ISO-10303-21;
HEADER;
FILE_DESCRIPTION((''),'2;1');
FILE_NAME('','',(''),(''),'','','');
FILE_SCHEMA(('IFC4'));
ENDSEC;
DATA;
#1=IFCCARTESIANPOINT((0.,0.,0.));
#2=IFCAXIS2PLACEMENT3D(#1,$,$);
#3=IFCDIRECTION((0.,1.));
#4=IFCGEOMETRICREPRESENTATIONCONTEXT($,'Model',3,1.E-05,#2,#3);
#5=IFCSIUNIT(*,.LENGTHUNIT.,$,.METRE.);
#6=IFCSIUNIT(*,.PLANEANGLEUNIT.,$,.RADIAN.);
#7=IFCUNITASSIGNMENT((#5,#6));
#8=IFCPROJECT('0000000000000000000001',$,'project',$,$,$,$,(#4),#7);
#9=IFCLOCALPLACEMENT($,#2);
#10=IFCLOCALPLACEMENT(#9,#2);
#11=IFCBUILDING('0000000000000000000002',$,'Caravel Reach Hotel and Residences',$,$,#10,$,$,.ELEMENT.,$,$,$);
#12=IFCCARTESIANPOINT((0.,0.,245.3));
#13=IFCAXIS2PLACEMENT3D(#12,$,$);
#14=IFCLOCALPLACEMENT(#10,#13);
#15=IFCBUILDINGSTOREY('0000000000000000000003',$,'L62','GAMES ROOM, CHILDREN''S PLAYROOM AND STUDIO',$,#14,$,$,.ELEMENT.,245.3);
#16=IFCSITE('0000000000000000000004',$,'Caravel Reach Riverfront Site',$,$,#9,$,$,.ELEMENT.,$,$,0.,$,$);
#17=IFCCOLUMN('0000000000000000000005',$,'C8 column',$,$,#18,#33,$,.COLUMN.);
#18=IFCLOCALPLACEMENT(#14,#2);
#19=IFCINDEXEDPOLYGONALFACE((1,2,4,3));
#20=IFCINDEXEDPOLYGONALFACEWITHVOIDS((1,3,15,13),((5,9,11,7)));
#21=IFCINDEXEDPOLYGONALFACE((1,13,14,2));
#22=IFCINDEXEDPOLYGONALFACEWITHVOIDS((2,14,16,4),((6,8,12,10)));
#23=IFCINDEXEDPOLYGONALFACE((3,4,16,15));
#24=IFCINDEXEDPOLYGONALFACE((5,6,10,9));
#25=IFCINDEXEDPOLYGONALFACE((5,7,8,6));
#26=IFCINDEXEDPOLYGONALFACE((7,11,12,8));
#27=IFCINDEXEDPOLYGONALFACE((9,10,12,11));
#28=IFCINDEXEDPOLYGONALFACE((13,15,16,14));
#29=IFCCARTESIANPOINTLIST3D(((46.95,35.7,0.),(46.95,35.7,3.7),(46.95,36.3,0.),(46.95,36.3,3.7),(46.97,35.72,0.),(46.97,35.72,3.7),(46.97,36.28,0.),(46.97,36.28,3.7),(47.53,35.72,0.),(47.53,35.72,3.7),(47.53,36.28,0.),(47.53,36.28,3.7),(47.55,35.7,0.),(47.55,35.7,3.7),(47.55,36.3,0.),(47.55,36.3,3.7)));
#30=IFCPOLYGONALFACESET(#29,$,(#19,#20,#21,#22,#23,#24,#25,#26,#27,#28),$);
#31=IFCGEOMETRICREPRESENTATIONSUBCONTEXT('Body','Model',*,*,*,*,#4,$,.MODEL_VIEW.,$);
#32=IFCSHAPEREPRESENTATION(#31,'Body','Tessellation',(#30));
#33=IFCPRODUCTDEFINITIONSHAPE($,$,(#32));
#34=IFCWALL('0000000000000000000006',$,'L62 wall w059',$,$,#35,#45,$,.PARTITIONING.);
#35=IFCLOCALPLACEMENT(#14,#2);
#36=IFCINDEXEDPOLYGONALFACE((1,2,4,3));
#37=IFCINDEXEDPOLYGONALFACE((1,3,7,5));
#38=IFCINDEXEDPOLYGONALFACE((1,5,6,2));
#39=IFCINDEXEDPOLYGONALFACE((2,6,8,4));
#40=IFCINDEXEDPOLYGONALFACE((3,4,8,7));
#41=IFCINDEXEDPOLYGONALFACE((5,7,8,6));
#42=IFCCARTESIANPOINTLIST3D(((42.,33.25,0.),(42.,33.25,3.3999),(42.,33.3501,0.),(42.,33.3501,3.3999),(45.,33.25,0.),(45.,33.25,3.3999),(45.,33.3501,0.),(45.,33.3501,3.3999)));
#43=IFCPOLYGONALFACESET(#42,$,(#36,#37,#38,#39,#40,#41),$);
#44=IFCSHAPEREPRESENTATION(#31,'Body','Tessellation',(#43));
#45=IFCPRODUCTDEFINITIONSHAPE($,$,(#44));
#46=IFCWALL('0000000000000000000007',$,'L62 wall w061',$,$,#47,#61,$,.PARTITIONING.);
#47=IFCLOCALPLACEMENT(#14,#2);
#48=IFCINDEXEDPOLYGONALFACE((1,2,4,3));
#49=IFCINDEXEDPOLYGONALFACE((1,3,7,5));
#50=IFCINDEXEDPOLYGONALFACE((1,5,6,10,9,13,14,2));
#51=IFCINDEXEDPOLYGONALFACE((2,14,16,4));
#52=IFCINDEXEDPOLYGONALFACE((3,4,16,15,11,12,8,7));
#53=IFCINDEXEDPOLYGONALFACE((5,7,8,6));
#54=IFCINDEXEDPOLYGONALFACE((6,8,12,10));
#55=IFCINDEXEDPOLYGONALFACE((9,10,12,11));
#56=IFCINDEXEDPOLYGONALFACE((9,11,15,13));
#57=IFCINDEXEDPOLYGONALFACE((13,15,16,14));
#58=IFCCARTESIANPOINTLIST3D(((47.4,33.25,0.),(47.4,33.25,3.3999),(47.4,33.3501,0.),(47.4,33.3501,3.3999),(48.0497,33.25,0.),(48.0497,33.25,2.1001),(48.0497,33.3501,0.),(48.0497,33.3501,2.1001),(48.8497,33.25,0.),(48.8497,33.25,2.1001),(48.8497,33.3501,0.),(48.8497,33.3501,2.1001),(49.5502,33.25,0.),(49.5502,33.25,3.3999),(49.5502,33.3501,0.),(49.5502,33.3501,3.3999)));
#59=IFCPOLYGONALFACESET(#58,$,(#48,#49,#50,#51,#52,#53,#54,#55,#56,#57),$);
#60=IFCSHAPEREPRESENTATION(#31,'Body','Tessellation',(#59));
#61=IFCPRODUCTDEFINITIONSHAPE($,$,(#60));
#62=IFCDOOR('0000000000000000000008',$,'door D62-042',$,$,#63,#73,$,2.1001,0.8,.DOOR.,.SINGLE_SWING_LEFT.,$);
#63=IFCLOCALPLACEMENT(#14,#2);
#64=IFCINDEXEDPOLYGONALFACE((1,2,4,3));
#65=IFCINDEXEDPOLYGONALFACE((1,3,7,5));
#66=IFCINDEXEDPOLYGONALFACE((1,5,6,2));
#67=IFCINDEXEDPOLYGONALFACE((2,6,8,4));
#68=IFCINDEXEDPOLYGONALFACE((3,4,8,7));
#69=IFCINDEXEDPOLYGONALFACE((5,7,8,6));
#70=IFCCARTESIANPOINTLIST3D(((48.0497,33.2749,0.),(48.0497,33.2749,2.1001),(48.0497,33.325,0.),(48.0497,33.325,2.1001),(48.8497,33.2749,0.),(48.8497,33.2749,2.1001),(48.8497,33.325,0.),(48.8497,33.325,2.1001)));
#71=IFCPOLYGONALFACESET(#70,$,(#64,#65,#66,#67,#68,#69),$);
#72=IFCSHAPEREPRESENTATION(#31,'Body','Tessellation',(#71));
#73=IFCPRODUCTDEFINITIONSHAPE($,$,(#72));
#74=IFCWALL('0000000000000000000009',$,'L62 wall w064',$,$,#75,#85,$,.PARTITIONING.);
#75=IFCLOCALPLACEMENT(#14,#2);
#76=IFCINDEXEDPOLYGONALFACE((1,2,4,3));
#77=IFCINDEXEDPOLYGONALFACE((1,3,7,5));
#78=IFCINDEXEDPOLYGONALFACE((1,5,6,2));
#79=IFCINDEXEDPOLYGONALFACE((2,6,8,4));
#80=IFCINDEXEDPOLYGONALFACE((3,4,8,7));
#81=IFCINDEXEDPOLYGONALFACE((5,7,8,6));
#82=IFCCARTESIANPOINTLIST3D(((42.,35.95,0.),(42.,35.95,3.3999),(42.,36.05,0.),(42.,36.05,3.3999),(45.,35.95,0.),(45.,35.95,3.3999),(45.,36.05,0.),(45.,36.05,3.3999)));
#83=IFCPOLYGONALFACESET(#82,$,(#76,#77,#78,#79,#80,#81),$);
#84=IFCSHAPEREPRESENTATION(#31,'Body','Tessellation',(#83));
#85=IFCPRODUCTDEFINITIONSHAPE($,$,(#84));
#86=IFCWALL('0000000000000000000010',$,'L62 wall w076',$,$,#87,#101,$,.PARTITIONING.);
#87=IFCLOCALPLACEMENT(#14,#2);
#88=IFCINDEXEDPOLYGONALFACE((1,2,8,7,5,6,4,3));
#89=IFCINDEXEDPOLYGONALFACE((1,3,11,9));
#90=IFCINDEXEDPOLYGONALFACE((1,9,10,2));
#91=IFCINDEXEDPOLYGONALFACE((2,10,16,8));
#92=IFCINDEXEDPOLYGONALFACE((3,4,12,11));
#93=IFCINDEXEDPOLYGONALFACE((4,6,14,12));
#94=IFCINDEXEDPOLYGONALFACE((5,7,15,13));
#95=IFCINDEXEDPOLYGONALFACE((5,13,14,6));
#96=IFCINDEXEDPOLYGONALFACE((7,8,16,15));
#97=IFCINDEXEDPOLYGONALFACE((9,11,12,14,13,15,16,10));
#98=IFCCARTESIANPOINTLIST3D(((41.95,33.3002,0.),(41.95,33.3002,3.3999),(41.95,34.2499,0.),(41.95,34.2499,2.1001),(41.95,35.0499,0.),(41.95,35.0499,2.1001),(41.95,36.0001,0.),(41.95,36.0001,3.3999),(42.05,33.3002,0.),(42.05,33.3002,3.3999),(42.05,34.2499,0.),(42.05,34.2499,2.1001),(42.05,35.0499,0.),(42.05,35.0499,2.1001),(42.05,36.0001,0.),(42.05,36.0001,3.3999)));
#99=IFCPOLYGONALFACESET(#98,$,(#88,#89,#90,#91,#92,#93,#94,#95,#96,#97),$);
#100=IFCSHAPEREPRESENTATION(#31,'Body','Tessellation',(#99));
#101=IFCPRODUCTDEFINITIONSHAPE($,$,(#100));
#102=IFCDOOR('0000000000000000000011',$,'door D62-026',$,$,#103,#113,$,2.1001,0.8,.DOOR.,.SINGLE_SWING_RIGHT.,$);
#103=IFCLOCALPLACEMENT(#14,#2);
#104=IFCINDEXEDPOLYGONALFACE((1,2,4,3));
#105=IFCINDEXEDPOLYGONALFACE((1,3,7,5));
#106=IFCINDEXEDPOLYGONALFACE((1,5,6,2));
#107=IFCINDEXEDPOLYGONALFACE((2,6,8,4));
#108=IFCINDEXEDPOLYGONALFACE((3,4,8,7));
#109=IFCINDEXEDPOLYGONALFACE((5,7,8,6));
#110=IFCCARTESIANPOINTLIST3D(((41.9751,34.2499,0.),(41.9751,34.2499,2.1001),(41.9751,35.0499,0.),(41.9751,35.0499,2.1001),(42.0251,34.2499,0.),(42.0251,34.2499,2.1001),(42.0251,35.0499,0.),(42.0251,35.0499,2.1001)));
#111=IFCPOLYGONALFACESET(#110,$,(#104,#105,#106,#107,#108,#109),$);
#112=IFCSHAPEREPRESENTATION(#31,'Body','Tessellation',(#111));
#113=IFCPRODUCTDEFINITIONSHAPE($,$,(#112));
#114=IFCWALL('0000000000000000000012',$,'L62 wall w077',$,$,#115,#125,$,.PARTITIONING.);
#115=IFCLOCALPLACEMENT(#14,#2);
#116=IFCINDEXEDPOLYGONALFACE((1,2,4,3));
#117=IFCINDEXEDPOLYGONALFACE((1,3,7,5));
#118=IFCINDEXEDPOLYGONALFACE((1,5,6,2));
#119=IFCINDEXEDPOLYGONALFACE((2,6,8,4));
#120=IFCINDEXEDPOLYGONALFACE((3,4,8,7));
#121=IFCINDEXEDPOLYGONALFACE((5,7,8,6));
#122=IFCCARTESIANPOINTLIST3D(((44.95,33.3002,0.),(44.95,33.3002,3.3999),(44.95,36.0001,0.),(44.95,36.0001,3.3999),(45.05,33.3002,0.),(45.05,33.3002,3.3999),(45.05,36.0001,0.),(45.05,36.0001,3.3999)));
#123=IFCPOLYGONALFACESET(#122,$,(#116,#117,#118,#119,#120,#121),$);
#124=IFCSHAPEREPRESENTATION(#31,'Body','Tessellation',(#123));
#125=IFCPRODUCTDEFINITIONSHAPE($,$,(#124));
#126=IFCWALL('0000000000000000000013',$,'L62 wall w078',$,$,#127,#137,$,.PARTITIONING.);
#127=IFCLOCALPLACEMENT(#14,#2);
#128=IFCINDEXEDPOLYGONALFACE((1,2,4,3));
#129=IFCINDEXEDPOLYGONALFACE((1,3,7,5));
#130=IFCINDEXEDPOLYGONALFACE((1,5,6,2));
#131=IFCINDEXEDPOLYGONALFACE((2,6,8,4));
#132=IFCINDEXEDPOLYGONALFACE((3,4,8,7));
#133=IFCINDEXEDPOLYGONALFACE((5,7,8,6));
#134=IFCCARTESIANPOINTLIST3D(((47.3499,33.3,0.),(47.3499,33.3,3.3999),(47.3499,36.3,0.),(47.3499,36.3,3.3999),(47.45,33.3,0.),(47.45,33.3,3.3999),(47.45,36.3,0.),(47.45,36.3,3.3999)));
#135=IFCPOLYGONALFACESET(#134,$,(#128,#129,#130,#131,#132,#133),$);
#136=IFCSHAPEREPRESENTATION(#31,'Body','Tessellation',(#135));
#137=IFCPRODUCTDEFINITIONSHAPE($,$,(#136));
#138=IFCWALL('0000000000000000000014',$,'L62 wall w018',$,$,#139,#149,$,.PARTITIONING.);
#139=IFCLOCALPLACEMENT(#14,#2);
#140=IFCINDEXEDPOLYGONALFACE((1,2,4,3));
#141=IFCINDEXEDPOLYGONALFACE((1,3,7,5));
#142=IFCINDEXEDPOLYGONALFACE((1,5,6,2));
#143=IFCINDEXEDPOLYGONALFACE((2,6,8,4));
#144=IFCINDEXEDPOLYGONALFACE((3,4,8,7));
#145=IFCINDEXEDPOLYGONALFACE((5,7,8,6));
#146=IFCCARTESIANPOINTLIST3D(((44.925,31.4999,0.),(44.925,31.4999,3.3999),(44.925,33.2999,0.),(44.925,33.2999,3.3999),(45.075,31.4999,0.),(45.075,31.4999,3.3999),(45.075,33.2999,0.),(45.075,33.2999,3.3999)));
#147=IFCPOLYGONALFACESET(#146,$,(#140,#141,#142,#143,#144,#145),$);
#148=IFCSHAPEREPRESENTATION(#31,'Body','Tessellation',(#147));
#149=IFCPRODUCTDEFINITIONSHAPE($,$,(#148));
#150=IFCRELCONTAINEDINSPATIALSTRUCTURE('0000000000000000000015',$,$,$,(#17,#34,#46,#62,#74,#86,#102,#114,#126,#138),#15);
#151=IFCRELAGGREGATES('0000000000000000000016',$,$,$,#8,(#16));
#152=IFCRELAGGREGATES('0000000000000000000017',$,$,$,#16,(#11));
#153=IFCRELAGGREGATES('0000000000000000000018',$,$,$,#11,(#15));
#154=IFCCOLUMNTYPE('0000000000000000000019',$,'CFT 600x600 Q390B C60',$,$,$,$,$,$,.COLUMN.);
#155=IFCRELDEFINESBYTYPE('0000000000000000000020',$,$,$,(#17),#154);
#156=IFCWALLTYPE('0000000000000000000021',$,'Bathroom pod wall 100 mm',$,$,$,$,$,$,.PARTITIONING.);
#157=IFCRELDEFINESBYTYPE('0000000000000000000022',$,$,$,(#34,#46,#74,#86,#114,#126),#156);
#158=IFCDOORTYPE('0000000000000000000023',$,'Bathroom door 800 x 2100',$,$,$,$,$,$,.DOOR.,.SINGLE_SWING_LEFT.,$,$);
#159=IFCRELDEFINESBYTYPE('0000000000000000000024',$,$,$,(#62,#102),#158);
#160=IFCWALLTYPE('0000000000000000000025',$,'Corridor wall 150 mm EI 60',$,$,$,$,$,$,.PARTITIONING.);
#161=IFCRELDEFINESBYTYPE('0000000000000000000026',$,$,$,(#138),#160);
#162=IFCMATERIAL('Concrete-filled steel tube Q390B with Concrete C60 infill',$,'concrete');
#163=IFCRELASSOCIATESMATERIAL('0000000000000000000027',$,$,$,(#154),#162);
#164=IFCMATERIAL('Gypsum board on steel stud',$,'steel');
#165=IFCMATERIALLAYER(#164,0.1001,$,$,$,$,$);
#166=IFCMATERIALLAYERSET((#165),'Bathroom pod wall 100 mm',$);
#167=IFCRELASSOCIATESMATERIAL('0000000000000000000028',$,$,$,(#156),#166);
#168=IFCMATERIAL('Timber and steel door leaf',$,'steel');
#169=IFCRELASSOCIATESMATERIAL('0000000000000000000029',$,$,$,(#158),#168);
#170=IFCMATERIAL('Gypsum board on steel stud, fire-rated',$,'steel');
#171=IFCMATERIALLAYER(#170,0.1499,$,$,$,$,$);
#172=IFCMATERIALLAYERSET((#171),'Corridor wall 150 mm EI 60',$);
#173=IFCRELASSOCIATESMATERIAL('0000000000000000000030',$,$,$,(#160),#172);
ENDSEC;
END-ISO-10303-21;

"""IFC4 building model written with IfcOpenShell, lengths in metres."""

from ifc_helpers import new_model, si_unit, direction, frame, frame_2d, origin, origin_2d, place, context, subcontext, project, spatial, rectangle, hollow_rectangle, extrude, material, layer, layer_set, material_profile, profile_set, type_object, element, fill, save


model = new_model("IFC4")

# Units and contexts
model_context = context("Model", 3, precision=1e-05, world=origin(), true_north=direction((0.0, 1.0)))
body_context = subcontext(model_context, "Body", "Model", "MODEL_VIEW")
ifc_project = project(units=[si_unit("LENGTHUNIT", "METRE"), si_unit("PLANEANGLEUNIT", "RADIAN")], contexts=[model_context])

# Site, building, storey
site_placement = place(None, origin())
site = spatial("IfcSite", under=ifc_project, at=site_placement, Name="Caravel Reach Riverfront Site", CompositionType="ELEMENT", RefElevation=0.0)
building_placement = place(site_placement, origin())
building = spatial("IfcBuilding", under=site, at=building_placement, Name="Caravel Reach Hotel and Residences", CompositionType="ELEMENT")
storey_placement = place(building_placement, frame((0.0, 0.0, 245.3)))
storey = spatial("IfcBuildingStorey", under=building, at=storey_placement, Name="L62", Description="GAMES ROOM, CHILDREN'S PLAYROOM AND STUDIO", CompositionType="ELEMENT", Elevation=245.3)

# Column
ifc_material_1 = material(Name="Concrete-filled steel tube Q390B with Concrete C60 infill", Category="concrete")
ifc_material_profile = material_profile(ifc_material_1, hollow_rectangle(XDim=0.6001, YDim=0.6001, WallThickness=0.02, at=origin_2d()), Name="RHS 600x600x20")
ifc_profile_set = profile_set([ifc_material_profile], Name="Concrete-filled steel tube Q390B with Concrete C60 infill")
column_type = type_object("IfcColumnType", Name="CFT 600x600 Q390B C60", PredefinedType="COLUMN", material=ifc_profile_set)
column_placement = place(storey_placement, frame((47.25, 36.0, 0.0), z_axis=(0.0, 0.0, 1.0), x_axis=(1.0, 0.0, 0.0)))
element("IfcColumn", 1, at=column_placement, inside=storey, type_object=column_type, Name="C8 column", PredefinedType="COLUMN", context=body_context, shape_type="SweptSolid", body=[
    extrude(hollow_rectangle(XDim=0.6001, YDim=0.6001, WallThickness=0.02, at=origin_2d()), origin(), (0.0, 0.0, 1.0), 3.7),
])

# Wall
ifc_material_2 = material(Name="Gypsum board on steel stud", Category="steel")
ifc_layer_1 = layer(ifc_material_2, 0.1001)
ifc_layer_set_1 = layer_set([ifc_layer_1], Name="Bathroom pod wall 100 mm")
wall_type_1 = type_object("IfcWallType", Name="Bathroom pod wall 100 mm", PredefinedType="PARTITIONING", material=ifc_layer_set_1)
wall_1_placement = place(storey_placement, frame((42.0, 33.3, 0.0), z_axis=(0.0, 0.0, 1.0), x_axis=(1.0, 0.0, 0.0)))
element("IfcWall", 2, at=wall_1_placement, inside=storey, type_object=wall_type_1, Name="L62 wall w059", PredefinedType="PARTITIONING", context=body_context, shape_type="SweptSolid", body=[
    extrude(rectangle(XDim=3.0, YDim=0.1001, at=frame_2d((1.5, 0.0))), origin(), (0.0, 0.0, 1.0), 3.3999),
])

# Wall, opening, door
wall_2_placement = place(storey_placement, frame((47.3999, 33.3, 0.0), z_axis=(0.0, 0.0, 1.0), x_axis=(1.0, 0.0, 0.0)))
wall_2 = element("IfcWall", 3, at=wall_2_placement, inside=storey, type_object=wall_type_1, Name="L62 wall w061", PredefinedType="PARTITIONING", context=body_context, shape_type="SweptSolid", body=[
    extrude(rectangle(XDim=2.1501, YDim=0.1001, at=frame_2d((1.0752, 0.0))), origin(), (0.0, 0.0, 1.0), 3.3999),
])
opening_1_placement = place(wall_2_placement, frame((0.6499, 0.0, 0.0)))
opening_1 = element("IfcOpeningElement", 4, at=opening_1_placement, cuts=wall_2, PredefinedType="OPENING", context=body_context, shape_type="SweptSolid", body=[
    extrude(rectangle(XDim=0.8, YDim=2.1001, at=frame_2d((0.3999, 1.05))), frame((0.0, 0.0601, 0.0), z_axis=(0.0, -1.0, 0.0), x_axis=(1.0, 0.0, 0.0)), (0.0, 0.0, 1.0), 0.1201),
])
ifc_material_3 = material(Name="Timber and steel door leaf", Category="steel")
door_type_1 = type_object("IfcDoorType", Name="Bathroom door 800 x 2100", OperationType="SINGLE_SWING_LEFT", PredefinedType="DOOR", material=ifc_material_3)
door_1_placement = place(opening_1_placement, origin())
door_1 = element("IfcDoor", 5, at=door_1_placement, inside=storey, type_object=door_type_1, Name="door D62-042", OperationType="SINGLE_SWING_LEFT", OverallHeight=2.1001, OverallWidth=0.8, PredefinedType="DOOR", context=body_context, shape_type="SweptSolid", body=[
    extrude(rectangle(XDim=0.8, YDim=2.1001, at=frame_2d((0.3999, 1.05))), frame((0.0, 0.0249, 0.0), z_axis=(0.0, -1.0, 0.0), x_axis=(1.0, 0.0, 0.0)), (0.0, 0.0, 1.0), 0.05),
])
fill(opening_1, door_1)

# Wall
wall_3_placement = place(storey_placement, frame((42.0, 36.0, 0.0), z_axis=(0.0, 0.0, 1.0), x_axis=(1.0, 0.0, 0.0)))
element("IfcWall", 6, at=wall_3_placement, inside=storey, type_object=wall_type_1, Name="L62 wall w064", PredefinedType="PARTITIONING", context=body_context, shape_type="SweptSolid", body=[
    extrude(rectangle(XDim=3.0, YDim=0.1001, at=frame_2d((1.5, 0.0))), origin(), (0.0, 0.0, 1.0), 3.3999),
])

# Wall, opening, door
wall_4_placement = place(storey_placement, frame((42.0, 33.3, 0.0), z_axis=(0.0, 0.0, 1.0), x_axis=(0.0, 1.0, 0.0)))
wall_4 = element("IfcWall", 7, at=wall_4_placement, inside=storey, type_object=wall_type_1, Name="L62 wall w076", PredefinedType="PARTITIONING", context=body_context, shape_type="SweptSolid", body=[
    extrude(rectangle(XDim=2.7, YDim=0.1001, at=frame_2d((1.3501, 0.0))), origin(), (0.0, 0.0, 1.0), 3.3999),
])
opening_2_placement = place(wall_4_placement, frame((0.95, 0.0, 0.0)))
opening_2 = element("IfcOpeningElement", 8, at=opening_2_placement, cuts=wall_4, PredefinedType="OPENING", context=body_context, shape_type="SweptSolid", body=[
    extrude(rectangle(XDim=0.8, YDim=2.1001, at=frame_2d((0.3999, 1.05))), frame((0.0, 0.0601, 0.0), z_axis=(0.0, -1.0, 0.0), x_axis=(1.0, 0.0, 0.0)), (0.0, 0.0, 1.0), 0.1201),
])
door_2_placement = place(opening_2_placement, origin())
door_2 = element("IfcDoor", 9, at=door_2_placement, inside=storey, type_object=door_type_1, Name="door D62-026", OperationType="SINGLE_SWING_RIGHT", OverallHeight=2.1001, OverallWidth=0.8, PredefinedType="DOOR", context=body_context, shape_type="SweptSolid", body=[
    extrude(rectangle(XDim=0.8, YDim=2.1001, at=frame_2d((0.3999, 1.05))), frame((0.0, 0.0249, 0.0), z_axis=(0.0, -1.0, 0.0), x_axis=(1.0, 0.0, 0.0)), (0.0, 0.0, 1.0), 0.05),
])
fill(opening_2, door_2)

# Walls
wall_5_placement = place(storey_placement, frame((45.0, 33.3, 0.0), z_axis=(0.0, 0.0, 1.0), x_axis=(0.0, 1.0, 0.0)))
element("IfcWall", 10, at=wall_5_placement, inside=storey, type_object=wall_type_1, Name="L62 wall w077", PredefinedType="PARTITIONING", context=body_context, shape_type="SweptSolid", body=[
    extrude(rectangle(XDim=2.7, YDim=0.1001, at=frame_2d((1.3501, 0.0))), origin(), (0.0, 0.0, 1.0), 3.3999),
])
wall_6_placement = place(storey_placement, frame((47.3999, 33.3, 0.0), z_axis=(0.0, 0.0, 1.0), x_axis=(0.0, 1.0, 0.0)))
element("IfcWall", 11, at=wall_6_placement, inside=storey, type_object=wall_type_1, Name="L62 wall w078", PredefinedType="PARTITIONING", context=body_context, shape_type="SweptSolid", body=[
    extrude(rectangle(XDim=3.0, YDim=0.1001, at=frame_2d((1.5, 0.0))), origin(), (0.0, 0.0, 1.0), 3.3999),
])
ifc_material_4 = material(Name="Gypsum board on steel stud, fire-rated", Category="steel")
ifc_layer_2 = layer(ifc_material_4, 0.1499)
ifc_layer_set_2 = layer_set([ifc_layer_2], Name="Corridor wall 150 mm EI 60")
wall_type_2 = type_object("IfcWallType", Name="Corridor wall 150 mm EI 60", PredefinedType="PARTITIONING", material=ifc_layer_set_2)
wall_7_placement = place(storey_placement, frame((45.0, 31.5, 0.0), z_axis=(0.0, 0.0, 1.0), x_axis=(0.0, 1.0, 0.0)))
element("IfcWall", 12, at=wall_7_placement, inside=storey, type_object=wall_type_2, Name="L62 wall w018", PredefinedType="PARTITIONING", context=body_context, shape_type="SweptSolid", body=[
    extrude(rectangle(XDim=1.8, YDim=0.1499, at=frame_2d((0.8999, 0.0))), origin(), (0.0, 0.0, 1.0), 3.3999),
])

save(model, "model.ifc")
